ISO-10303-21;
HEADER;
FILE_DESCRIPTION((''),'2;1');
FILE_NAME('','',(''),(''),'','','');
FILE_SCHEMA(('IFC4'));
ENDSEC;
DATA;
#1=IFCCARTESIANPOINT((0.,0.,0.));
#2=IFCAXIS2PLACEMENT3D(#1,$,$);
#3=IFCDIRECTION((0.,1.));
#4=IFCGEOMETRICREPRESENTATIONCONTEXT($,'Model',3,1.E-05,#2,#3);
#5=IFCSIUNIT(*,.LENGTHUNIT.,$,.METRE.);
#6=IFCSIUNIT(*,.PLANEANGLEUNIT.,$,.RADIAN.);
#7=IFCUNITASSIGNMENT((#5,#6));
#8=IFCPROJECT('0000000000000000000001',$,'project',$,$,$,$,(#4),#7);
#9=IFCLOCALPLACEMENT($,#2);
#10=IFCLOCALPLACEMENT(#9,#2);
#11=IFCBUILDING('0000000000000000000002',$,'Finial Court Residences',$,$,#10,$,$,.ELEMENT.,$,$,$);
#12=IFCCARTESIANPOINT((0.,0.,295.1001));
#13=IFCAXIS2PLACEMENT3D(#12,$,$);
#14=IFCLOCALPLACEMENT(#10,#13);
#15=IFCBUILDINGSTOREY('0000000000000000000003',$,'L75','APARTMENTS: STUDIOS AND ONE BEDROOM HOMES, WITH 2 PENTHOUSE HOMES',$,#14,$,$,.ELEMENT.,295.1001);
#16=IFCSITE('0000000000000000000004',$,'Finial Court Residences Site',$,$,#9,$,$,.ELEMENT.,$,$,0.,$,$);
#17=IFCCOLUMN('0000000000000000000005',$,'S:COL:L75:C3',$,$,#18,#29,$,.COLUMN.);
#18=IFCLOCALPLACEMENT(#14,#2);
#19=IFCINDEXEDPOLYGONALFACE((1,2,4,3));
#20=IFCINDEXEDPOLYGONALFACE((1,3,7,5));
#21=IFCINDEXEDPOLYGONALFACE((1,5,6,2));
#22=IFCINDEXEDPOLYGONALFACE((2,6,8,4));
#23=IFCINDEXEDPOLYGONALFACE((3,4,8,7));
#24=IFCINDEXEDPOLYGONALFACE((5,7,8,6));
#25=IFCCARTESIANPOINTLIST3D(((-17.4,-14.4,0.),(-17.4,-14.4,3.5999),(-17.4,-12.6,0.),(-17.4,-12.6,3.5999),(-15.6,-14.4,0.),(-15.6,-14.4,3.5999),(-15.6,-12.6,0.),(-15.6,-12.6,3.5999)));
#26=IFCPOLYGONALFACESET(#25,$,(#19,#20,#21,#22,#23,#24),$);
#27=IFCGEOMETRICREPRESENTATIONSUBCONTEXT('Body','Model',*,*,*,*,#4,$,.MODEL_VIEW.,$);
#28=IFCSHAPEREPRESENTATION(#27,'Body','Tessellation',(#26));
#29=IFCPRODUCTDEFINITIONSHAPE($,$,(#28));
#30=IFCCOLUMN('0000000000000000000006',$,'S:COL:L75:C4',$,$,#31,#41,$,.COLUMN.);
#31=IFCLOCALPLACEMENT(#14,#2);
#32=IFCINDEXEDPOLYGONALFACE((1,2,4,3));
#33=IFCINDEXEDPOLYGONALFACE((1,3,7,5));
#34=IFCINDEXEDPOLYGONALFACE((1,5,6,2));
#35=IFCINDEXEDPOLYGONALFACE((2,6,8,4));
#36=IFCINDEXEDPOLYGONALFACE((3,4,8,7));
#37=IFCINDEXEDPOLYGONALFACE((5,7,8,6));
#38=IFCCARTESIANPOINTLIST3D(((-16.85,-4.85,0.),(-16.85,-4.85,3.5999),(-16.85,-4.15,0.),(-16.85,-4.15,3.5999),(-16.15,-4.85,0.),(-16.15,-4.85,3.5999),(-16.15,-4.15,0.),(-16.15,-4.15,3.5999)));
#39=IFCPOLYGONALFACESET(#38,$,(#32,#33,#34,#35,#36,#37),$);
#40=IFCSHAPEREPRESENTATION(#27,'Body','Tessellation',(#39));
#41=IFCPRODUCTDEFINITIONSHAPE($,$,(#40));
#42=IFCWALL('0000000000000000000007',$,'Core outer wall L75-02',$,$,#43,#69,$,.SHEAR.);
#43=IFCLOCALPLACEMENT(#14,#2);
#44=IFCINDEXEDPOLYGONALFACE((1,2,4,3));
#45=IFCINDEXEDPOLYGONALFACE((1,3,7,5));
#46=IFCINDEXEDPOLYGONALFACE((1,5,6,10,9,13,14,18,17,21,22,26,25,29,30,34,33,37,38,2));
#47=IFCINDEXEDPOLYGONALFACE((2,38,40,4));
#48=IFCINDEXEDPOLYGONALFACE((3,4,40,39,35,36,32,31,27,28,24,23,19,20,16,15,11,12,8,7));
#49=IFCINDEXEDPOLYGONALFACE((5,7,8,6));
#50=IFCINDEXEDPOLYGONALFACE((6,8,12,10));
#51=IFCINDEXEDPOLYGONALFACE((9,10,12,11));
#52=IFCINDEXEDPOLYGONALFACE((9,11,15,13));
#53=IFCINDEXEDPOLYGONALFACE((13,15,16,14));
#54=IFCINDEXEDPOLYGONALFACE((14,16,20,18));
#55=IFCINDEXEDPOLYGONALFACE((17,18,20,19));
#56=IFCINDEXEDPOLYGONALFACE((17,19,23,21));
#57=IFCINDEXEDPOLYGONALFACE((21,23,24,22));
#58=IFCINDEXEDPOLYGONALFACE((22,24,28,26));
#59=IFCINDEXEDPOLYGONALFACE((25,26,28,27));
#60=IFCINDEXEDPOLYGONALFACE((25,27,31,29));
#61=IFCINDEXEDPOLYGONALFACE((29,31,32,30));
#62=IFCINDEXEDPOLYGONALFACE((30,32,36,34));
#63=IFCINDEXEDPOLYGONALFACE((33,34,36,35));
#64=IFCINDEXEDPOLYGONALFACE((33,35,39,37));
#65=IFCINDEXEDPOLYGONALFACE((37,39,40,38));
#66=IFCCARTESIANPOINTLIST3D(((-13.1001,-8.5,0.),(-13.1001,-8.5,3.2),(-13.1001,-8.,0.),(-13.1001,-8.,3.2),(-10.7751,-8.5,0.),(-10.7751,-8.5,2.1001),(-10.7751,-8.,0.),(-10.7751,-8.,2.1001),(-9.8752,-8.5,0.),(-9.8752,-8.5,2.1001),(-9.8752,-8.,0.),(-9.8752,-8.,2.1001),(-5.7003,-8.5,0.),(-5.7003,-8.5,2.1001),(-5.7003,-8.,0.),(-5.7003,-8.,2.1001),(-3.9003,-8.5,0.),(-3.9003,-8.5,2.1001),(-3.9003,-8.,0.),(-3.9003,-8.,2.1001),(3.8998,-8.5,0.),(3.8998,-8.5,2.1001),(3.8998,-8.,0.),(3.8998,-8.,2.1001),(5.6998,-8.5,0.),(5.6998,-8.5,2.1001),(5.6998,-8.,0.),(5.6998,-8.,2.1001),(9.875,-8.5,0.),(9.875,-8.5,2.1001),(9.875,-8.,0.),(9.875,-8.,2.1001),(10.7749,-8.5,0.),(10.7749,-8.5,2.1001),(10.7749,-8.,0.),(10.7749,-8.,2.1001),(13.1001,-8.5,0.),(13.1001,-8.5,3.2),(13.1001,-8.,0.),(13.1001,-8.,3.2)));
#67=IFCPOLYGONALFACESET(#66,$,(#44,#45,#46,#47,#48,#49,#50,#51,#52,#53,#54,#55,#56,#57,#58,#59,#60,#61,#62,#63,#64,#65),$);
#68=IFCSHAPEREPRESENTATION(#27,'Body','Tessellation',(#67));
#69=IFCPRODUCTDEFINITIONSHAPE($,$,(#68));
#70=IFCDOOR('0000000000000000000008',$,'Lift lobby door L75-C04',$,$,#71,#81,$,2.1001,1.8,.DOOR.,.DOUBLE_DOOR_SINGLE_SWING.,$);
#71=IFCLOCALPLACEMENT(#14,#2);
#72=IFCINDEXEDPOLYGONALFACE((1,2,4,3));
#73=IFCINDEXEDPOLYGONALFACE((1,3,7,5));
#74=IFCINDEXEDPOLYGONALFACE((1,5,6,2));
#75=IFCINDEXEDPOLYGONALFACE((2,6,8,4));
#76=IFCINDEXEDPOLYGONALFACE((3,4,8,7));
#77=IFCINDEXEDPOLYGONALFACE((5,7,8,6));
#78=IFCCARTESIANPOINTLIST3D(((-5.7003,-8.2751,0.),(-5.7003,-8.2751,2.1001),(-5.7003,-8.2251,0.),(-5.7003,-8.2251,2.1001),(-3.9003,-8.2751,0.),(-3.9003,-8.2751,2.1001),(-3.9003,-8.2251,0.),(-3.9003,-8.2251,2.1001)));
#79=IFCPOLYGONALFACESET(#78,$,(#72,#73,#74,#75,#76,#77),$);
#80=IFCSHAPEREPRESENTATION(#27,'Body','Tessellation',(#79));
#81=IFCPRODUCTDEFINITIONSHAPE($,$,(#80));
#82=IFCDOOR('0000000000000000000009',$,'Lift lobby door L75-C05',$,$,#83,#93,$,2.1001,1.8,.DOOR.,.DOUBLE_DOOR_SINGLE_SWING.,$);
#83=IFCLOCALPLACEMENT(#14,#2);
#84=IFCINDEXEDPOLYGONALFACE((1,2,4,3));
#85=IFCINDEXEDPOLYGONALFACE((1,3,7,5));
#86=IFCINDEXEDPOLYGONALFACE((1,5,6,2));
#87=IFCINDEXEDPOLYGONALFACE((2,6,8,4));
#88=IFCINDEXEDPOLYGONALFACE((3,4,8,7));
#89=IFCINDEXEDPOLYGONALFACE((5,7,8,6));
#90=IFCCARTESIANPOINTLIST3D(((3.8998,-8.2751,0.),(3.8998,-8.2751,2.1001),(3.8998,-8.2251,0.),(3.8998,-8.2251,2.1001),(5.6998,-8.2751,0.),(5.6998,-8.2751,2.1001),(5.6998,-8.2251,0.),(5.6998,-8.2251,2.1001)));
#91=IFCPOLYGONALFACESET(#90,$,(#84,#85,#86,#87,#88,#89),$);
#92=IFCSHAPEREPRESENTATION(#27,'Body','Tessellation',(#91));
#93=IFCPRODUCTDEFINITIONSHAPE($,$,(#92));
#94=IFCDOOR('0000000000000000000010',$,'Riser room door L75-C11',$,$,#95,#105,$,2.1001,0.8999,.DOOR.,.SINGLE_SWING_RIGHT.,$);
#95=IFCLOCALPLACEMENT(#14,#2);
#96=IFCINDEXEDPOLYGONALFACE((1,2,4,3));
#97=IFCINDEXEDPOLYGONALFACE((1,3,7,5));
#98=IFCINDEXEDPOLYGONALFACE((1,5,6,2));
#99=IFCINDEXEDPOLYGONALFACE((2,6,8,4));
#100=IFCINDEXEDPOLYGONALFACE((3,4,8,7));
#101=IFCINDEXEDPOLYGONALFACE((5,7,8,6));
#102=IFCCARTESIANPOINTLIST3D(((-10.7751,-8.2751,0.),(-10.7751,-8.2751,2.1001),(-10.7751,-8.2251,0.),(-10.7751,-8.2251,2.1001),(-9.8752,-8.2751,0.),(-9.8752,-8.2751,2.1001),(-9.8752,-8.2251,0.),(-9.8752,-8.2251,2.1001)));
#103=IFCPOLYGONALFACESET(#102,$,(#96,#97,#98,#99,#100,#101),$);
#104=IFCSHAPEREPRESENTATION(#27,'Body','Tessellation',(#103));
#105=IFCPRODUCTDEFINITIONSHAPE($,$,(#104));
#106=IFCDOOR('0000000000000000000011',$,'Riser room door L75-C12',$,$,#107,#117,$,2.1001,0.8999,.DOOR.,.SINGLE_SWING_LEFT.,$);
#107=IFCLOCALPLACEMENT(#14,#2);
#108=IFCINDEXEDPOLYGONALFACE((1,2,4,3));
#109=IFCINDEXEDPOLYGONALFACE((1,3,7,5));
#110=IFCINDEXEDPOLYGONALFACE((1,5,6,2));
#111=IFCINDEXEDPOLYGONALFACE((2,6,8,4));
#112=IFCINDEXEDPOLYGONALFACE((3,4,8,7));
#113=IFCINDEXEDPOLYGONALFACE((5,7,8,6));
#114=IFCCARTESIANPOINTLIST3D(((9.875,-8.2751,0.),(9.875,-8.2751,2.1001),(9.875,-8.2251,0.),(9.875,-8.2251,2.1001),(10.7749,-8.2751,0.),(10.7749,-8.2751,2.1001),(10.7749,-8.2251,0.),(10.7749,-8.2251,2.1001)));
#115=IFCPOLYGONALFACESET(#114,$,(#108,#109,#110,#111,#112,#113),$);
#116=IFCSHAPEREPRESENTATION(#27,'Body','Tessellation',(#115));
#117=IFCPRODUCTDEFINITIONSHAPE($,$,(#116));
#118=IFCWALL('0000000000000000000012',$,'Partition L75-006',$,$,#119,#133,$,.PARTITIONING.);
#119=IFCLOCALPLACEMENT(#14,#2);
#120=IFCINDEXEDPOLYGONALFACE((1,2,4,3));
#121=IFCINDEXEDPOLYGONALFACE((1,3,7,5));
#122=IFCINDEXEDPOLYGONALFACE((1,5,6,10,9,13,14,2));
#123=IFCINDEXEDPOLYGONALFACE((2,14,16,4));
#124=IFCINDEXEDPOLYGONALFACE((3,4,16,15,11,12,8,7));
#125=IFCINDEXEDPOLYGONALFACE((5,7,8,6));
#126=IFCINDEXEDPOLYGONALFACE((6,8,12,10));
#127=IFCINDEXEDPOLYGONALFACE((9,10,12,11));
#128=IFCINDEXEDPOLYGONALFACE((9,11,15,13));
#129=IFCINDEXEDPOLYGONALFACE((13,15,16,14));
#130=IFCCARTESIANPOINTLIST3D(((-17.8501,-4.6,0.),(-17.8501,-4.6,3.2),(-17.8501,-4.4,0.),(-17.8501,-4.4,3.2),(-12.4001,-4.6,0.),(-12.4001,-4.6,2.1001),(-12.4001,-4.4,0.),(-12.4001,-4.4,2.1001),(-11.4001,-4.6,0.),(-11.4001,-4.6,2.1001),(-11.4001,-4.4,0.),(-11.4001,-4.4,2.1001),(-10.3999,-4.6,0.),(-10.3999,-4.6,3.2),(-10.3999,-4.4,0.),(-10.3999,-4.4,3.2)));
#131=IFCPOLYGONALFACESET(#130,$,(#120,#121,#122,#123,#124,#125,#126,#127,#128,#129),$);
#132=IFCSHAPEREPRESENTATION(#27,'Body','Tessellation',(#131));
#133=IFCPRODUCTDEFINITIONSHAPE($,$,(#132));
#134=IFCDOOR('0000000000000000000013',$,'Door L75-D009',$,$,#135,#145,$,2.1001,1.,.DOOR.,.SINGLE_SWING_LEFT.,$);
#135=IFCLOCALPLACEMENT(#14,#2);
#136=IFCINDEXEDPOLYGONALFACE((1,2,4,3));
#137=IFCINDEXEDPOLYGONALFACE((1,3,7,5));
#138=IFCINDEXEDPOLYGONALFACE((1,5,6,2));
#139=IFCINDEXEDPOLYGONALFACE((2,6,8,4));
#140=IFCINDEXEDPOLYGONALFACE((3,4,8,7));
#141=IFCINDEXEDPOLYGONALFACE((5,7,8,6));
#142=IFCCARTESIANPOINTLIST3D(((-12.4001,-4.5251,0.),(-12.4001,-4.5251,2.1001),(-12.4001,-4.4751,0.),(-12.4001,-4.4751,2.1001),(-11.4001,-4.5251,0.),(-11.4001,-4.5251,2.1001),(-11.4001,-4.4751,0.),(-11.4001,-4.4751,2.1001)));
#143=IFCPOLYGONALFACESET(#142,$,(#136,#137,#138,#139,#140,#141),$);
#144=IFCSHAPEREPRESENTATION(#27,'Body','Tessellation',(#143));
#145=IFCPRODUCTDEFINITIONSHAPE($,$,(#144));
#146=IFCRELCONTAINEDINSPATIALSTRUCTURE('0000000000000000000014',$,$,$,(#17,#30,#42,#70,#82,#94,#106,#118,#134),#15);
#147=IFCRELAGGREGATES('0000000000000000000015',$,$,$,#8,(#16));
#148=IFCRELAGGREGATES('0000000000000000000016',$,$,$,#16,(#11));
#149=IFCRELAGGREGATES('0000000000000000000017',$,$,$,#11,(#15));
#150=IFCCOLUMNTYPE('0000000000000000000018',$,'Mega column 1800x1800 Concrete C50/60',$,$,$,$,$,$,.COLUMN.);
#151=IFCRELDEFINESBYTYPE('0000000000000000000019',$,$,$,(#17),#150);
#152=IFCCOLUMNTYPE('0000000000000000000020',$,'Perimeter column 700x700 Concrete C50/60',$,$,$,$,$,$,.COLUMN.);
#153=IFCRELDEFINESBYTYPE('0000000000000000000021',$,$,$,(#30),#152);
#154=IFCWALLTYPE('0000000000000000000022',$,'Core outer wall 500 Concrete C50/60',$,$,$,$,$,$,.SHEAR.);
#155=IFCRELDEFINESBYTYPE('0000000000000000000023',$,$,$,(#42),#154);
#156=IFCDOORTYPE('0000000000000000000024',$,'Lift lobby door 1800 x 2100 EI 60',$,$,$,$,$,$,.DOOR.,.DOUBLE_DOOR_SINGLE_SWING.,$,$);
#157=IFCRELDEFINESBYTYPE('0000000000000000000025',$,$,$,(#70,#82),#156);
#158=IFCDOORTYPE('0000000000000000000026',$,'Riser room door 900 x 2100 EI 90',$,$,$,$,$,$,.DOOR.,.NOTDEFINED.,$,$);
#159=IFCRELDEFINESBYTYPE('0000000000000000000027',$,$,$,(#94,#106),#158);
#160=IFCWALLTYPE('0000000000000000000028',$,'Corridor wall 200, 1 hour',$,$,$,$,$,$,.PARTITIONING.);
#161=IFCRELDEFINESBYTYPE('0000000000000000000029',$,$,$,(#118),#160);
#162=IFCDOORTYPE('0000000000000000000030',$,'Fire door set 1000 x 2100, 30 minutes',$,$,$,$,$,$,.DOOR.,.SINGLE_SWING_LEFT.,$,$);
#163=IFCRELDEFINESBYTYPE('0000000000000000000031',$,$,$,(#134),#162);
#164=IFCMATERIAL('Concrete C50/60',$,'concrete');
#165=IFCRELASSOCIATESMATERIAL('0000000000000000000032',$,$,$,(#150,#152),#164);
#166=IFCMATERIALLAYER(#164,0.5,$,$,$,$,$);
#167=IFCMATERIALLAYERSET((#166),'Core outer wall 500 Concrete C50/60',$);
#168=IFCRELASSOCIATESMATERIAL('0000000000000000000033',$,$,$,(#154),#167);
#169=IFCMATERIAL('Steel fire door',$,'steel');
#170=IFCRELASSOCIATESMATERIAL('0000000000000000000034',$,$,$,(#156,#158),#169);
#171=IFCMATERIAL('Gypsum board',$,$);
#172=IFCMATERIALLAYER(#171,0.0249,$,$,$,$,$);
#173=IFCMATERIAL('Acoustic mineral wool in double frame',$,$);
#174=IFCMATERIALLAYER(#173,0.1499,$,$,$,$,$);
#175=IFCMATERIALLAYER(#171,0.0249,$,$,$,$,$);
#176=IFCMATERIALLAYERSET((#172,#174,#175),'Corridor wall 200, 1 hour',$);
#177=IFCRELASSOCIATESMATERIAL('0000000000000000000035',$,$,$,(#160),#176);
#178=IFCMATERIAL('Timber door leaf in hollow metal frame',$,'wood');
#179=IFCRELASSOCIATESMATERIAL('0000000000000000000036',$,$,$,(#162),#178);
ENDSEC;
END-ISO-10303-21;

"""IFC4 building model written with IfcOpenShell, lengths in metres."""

from ifc_helpers import new_model, si_unit, direction, frame, frame_2d, origin, origin_2d, place, context, subcontext, project, spatial, rectangle, extrude, material, layer, layer_set, material_profile, profile_set, type_object, element, fill, save


model = new_model("IFC4")

# Units and contexts
model_context = context("Model", 3, precision=1e-05, world=origin(), true_north=direction((0.0, 1.0)))
body_context = subcontext(model_context, "Body", "Model", "MODEL_VIEW")
ifc_project = project(units=[si_unit("LENGTHUNIT", "METRE"), si_unit("PLANEANGLEUNIT", "RADIAN")], contexts=[model_context])

# Site, building, storey
site_placement = place(None, origin())
site = spatial("IfcSite", under=ifc_project, at=site_placement, Name="Finial Court Residences Site", CompositionType="ELEMENT", RefElevation=0.0)
building_placement = place(site_placement, origin())
building = spatial("IfcBuilding", under=site, at=building_placement, Name="Finial Court Residences", CompositionType="ELEMENT")
storey_placement = place(building_placement, frame((0.0, 0.0, 295.1001)))
storey = spatial("IfcBuildingStorey", under=building, at=storey_placement, Name="L75", Description="APARTMENTS: STUDIOS AND ONE BEDROOM HOMES, WITH 2 PENTHOUSE HOMES", CompositionType="ELEMENT", Elevation=295.1001)

# Columns
ifc_material_1 = material(Name="Concrete C50/60", Category="concrete")
ifc_material_profile_1 = material_profile(ifc_material_1, rectangle(XDim=1.8, YDim=1.8, at=origin_2d()), Name="1800x1800")
ifc_profile_set_1 = profile_set([ifc_material_profile_1], Name="Concrete C50/60")
column_type_1 = type_object("IfcColumnType", Name="Mega column 1800x1800 Concrete C50/60", PredefinedType="COLUMN", material=ifc_profile_set_1)
column_1_placement = place(storey_placement, frame((-16.5, -13.5, 0.0), z_axis=(0.0, 0.0, 1.0), x_axis=(1.0, 0.0, 0.0)))
element("IfcColumn", 1, at=column_1_placement, inside=storey, type_object=column_type_1, Name="S:COL:L75:C3", PredefinedType="COLUMN", context=body_context, shape_type="SweptSolid", body=[
    extrude(rectangle(XDim=1.8, YDim=1.8, at=origin_2d()), origin(), (0.0, 0.0, 1.0), 3.5999),
])
ifc_material_profile_2 = material_profile(ifc_material_1, rectangle(XDim=0.7, YDim=0.7, at=origin_2d()), Name="700x700")
ifc_profile_set_2 = profile_set([ifc_material_profile_2], Name="Concrete C50/60")
column_type_2 = type_object("IfcColumnType", Name="Perimeter column 700x700 Concrete C50/60", PredefinedType="COLUMN", material=ifc_profile_set_2)
column_2_placement = place(storey_placement, frame((-16.5, -4.5, 0.0), z_axis=(0.0, 0.0, 1.0), x_axis=(1.0, 0.0, 0.0)))
element("IfcColumn", 2, at=column_2_placement, inside=storey, type_object=column_type_2, Name="S:COL:L75:C4", PredefinedType="COLUMN", context=body_context, shape_type="SweptSolid", body=[
    extrude(rectangle(XDim=0.7, YDim=0.7, at=origin_2d()), origin(), (0.0, 0.0, 1.0), 3.5999),
])

# Wall, openings, doors
ifc_layer_1 = layer(ifc_material_1, 0.5)
ifc_layer_set_1 = layer_set([ifc_layer_1], Name="Core outer wall 500 Concrete C50/60")
wall_type_1 = type_object("IfcWallType", Name="Core outer wall 500 Concrete C50/60", PredefinedType="SHEAR", material=ifc_layer_set_1)
wall_1_placement = place(storey_placement, frame((-13.1001, -8.25, 0.0), z_axis=(0.0, 0.0, 1.0), x_axis=(1.0, 0.0, 0.0)))
wall_1 = element("IfcWall", 3, at=wall_1_placement, inside=storey, type_object=wall_type_1, Name="Core outer wall L75-02", PredefinedType="SHEAR", context=body_context, shape_type="SweptSolid", body=[
    extrude(rectangle(XDim=26.2002, YDim=0.5, at=frame_2d((13.1001, 0.0))), origin(), (0.0, 0.0, 1.0), 3.2),
])
opening_1_placement = place(wall_1_placement, frame((7.3999, 0.0, 0.0)))
opening_1 = element("IfcOpeningElement", 4, at=opening_1_placement, cuts=wall_1, PredefinedType="OPENING", context=body_context, shape_type="SweptSolid", body=[
    extrude(rectangle(XDim=1.8, YDim=2.1001, at=frame_2d((0.8999, 1.05))), frame((0.0, 0.26, 0.0), z_axis=(0.0, -1.0, 0.0), x_axis=(1.0, 0.0, 0.0)), (0.0, 0.0, 1.0), 0.52),
])
opening_2_placement = place(wall_1_placement, frame((17.0, 0.0, 0.0)))
opening_2 = element("IfcOpeningElement", 5, at=opening_2_placement, cuts=wall_1, PredefinedType="OPENING", context=body_context, shape_type="SweptSolid", body=[
    extrude(rectangle(XDim=1.8, YDim=2.1001, at=frame_2d((0.8999, 1.05))), frame((0.0, 0.26, 0.0), z_axis=(0.0, -1.0, 0.0), x_axis=(1.0, 0.0, 0.0)), (0.0, 0.0, 1.0), 0.52),
])
opening_3_placement = place(wall_1_placement, frame((2.325, 0.0, 0.0)))
opening_3 = element("IfcOpeningElement", 6, at=opening_3_placement, cuts=wall_1, PredefinedType="OPENING", context=body_context, shape_type="SweptSolid", body=[
    extrude(rectangle(XDim=0.8999, YDim=2.1001, at=frame_2d((0.45, 1.05))), frame((0.0, 0.26, 0.0), z_axis=(0.0, -1.0, 0.0), x_axis=(1.0, 0.0, 0.0)), (0.0, 0.0, 1.0), 0.52),
])
opening_4_placement = place(wall_1_placement, frame((22.9751, 0.0, 0.0)))
opening_4 = element("IfcOpeningElement", 7, at=opening_4_placement, cuts=wall_1, PredefinedType="OPENING", context=body_context, shape_type="SweptSolid", body=[
    extrude(rectangle(XDim=0.8999, YDim=2.1001, at=frame_2d((0.45, 1.05))), frame((0.0, 0.26, 0.0), z_axis=(0.0, -1.0, 0.0), x_axis=(1.0, 0.0, 0.0)), (0.0, 0.0, 1.0), 0.52),
])
ifc_material_2 = material(Name="Steel fire door", Category="steel")
door_type_1 = type_object("IfcDoorType", Name="Lift lobby door 1800 x 2100 EI 60", OperationType="DOUBLE_DOOR_SINGLE_SWING", PredefinedType="DOOR", material=ifc_material_2)
door_1_placement = place(opening_1_placement, origin())
door_1 = element("IfcDoor", 8, at=door_1_placement, inside=storey, type_object=door_type_1, Name="Lift lobby door L75-C04", OperationType="DOUBLE_DOOR_SINGLE_SWING", OverallHeight=2.1001, OverallWidth=1.8, PredefinedType="DOOR", context=body_context, shape_type="SweptSolid", body=[
    extrude(rectangle(XDim=1.8, YDim=2.1001, at=frame_2d((0.8999, 1.05))), frame((0.0, 0.0249, 0.0), z_axis=(0.0, -1.0, 0.0), x_axis=(1.0, 0.0, 0.0)), (0.0, 0.0, 1.0), 0.05),
])
fill(opening_1, door_1)
door_2_placement = place(opening_2_placement, origin())
door_2 = element("IfcDoor", 9, at=door_2_placement, inside=storey, type_object=door_type_1, Name="Lift lobby door L75-C05", OperationType="DOUBLE_DOOR_SINGLE_SWING", OverallHeight=2.1001, OverallWidth=1.8, PredefinedType="DOOR", context=body_context, shape_type="SweptSolid", body=[
    extrude(rectangle(XDim=1.8, YDim=2.1001, at=frame_2d((0.8999, 1.05))), frame((0.0, 0.0249, 0.0), z_axis=(0.0, -1.0, 0.0), x_axis=(1.0, 0.0, 0.0)), (0.0, 0.0, 1.0), 0.05),
])
fill(opening_2, door_2)
door_type_2 = type_object("IfcDoorType", Name="Riser room door 900 x 2100 EI 90", OperationType="NOTDEFINED", PredefinedType="DOOR", material=ifc_material_2)
door_3_placement = place(opening_3_placement, origin())
door_3 = element("IfcDoor", 10, at=door_3_placement, inside=storey, type_object=door_type_2, Name="Riser room door L75-C11", OperationType="SINGLE_SWING_RIGHT", OverallHeight=2.1001, OverallWidth=0.8999, PredefinedType="DOOR", context=body_context, shape_type="SweptSolid", body=[
    extrude(rectangle(XDim=0.8999, YDim=2.1001, at=frame_2d((0.45, 1.05))), frame((0.0, 0.0249, 0.0), z_axis=(0.0, -1.0, 0.0), x_axis=(1.0, 0.0, 0.0)), (0.0, 0.0, 1.0), 0.05),
])
fill(opening_3, door_3)
door_4_placement = place(opening_4_placement, origin())
door_4 = element("IfcDoor", 11, at=door_4_placement, inside=storey, type_object=door_type_2, Name="Riser room door L75-C12", OperationType="SINGLE_SWING_LEFT", OverallHeight=2.1001, OverallWidth=0.8999, PredefinedType="DOOR", context=body_context, shape_type="SweptSolid", body=[
    extrude(rectangle(XDim=0.8999, YDim=2.1001, at=frame_2d((0.45, 1.05))), frame((0.0, 0.0249, 0.0), z_axis=(0.0, -1.0, 0.0), x_axis=(1.0, 0.0, 0.0)), (0.0, 0.0, 1.0), 0.05),
])
fill(opening_4, door_4)

# Wall, opening, door
ifc_material_3 = material(Name="Gypsum board")
ifc_layer_2 = layer(ifc_material_3, 0.0249)
ifc_material_4 = material(Name="Acoustic mineral wool in double frame")
ifc_layer_3 = layer(ifc_material_4, 0.1499)
ifc_layer_4 = layer(ifc_material_3, 0.0249)
ifc_layer_set_2 = layer_set([ifc_layer_2, ifc_layer_3, ifc_layer_4], Name="Corridor wall 200, 1 hour")
wall_type_2 = type_object("IfcWallType", Name="Corridor wall 200, 1 hour", PredefinedType="PARTITIONING", material=ifc_layer_set_2)
wall_2_placement = place(storey_placement, frame((-17.8501, -4.5, 0.0), z_axis=(0.0, 0.0, 1.0), x_axis=(1.0, 0.0, 0.0)))
wall_2 = element("IfcWall", 12, at=wall_2_placement, inside=storey, type_object=wall_type_2, Name="Partition L75-006", PredefinedType="PARTITIONING", context=body_context, shape_type="SweptSolid", body=[
    extrude(rectangle(XDim=7.4502, YDim=0.2, at=frame_2d((3.7251, 0.0))), origin(), (0.0, 0.0, 1.0), 3.2),
])
opening_5_placement = place(wall_2_placement, frame((5.45, 0.0, 0.0)))
opening_5 = element("IfcOpeningElement", 13, at=opening_5_placement, cuts=wall_2, PredefinedType="OPENING", context=body_context, shape_type="SweptSolid", body=[
    extrude(rectangle(XDim=1.0, YDim=2.1001, at=frame_2d((0.5, 1.05))), frame((0.0, 0.1099, 0.0), z_axis=(0.0, -1.0, 0.0), x_axis=(1.0, 0.0, 0.0)), (0.0, 0.0, 1.0), 0.22),
])
ifc_material_5 = material(Name="Timber door leaf in hollow metal frame", Category="wood")
door_type_3 = type_object("IfcDoorType", Name="Fire door set 1000 x 2100, 30 minutes", OperationType="SINGLE_SWING_LEFT", PredefinedType="DOOR", material=ifc_material_5)
door_5_placement = place(opening_5_placement, origin())
door_5 = element("IfcDoor", 14, at=door_5_placement, inside=storey, type_object=door_type_3, Name="Door L75-D009", OperationType="SINGLE_SWING_LEFT", OverallHeight=2.1001, OverallWidth=1.0, PredefinedType="DOOR", context=body_context, shape_type="SweptSolid", body=[
    extrude(rectangle(XDim=1.0, YDim=2.1001, at=frame_2d((0.5, 1.05))), frame((0.0, 0.0249, 0.0), z_axis=(0.0, -1.0, 0.0), x_axis=(1.0, 0.0, 0.0)), (0.0, 0.0, 1.0), 0.05),
])
fill(opening_5, door_5)

save(model, "model.ifc")
